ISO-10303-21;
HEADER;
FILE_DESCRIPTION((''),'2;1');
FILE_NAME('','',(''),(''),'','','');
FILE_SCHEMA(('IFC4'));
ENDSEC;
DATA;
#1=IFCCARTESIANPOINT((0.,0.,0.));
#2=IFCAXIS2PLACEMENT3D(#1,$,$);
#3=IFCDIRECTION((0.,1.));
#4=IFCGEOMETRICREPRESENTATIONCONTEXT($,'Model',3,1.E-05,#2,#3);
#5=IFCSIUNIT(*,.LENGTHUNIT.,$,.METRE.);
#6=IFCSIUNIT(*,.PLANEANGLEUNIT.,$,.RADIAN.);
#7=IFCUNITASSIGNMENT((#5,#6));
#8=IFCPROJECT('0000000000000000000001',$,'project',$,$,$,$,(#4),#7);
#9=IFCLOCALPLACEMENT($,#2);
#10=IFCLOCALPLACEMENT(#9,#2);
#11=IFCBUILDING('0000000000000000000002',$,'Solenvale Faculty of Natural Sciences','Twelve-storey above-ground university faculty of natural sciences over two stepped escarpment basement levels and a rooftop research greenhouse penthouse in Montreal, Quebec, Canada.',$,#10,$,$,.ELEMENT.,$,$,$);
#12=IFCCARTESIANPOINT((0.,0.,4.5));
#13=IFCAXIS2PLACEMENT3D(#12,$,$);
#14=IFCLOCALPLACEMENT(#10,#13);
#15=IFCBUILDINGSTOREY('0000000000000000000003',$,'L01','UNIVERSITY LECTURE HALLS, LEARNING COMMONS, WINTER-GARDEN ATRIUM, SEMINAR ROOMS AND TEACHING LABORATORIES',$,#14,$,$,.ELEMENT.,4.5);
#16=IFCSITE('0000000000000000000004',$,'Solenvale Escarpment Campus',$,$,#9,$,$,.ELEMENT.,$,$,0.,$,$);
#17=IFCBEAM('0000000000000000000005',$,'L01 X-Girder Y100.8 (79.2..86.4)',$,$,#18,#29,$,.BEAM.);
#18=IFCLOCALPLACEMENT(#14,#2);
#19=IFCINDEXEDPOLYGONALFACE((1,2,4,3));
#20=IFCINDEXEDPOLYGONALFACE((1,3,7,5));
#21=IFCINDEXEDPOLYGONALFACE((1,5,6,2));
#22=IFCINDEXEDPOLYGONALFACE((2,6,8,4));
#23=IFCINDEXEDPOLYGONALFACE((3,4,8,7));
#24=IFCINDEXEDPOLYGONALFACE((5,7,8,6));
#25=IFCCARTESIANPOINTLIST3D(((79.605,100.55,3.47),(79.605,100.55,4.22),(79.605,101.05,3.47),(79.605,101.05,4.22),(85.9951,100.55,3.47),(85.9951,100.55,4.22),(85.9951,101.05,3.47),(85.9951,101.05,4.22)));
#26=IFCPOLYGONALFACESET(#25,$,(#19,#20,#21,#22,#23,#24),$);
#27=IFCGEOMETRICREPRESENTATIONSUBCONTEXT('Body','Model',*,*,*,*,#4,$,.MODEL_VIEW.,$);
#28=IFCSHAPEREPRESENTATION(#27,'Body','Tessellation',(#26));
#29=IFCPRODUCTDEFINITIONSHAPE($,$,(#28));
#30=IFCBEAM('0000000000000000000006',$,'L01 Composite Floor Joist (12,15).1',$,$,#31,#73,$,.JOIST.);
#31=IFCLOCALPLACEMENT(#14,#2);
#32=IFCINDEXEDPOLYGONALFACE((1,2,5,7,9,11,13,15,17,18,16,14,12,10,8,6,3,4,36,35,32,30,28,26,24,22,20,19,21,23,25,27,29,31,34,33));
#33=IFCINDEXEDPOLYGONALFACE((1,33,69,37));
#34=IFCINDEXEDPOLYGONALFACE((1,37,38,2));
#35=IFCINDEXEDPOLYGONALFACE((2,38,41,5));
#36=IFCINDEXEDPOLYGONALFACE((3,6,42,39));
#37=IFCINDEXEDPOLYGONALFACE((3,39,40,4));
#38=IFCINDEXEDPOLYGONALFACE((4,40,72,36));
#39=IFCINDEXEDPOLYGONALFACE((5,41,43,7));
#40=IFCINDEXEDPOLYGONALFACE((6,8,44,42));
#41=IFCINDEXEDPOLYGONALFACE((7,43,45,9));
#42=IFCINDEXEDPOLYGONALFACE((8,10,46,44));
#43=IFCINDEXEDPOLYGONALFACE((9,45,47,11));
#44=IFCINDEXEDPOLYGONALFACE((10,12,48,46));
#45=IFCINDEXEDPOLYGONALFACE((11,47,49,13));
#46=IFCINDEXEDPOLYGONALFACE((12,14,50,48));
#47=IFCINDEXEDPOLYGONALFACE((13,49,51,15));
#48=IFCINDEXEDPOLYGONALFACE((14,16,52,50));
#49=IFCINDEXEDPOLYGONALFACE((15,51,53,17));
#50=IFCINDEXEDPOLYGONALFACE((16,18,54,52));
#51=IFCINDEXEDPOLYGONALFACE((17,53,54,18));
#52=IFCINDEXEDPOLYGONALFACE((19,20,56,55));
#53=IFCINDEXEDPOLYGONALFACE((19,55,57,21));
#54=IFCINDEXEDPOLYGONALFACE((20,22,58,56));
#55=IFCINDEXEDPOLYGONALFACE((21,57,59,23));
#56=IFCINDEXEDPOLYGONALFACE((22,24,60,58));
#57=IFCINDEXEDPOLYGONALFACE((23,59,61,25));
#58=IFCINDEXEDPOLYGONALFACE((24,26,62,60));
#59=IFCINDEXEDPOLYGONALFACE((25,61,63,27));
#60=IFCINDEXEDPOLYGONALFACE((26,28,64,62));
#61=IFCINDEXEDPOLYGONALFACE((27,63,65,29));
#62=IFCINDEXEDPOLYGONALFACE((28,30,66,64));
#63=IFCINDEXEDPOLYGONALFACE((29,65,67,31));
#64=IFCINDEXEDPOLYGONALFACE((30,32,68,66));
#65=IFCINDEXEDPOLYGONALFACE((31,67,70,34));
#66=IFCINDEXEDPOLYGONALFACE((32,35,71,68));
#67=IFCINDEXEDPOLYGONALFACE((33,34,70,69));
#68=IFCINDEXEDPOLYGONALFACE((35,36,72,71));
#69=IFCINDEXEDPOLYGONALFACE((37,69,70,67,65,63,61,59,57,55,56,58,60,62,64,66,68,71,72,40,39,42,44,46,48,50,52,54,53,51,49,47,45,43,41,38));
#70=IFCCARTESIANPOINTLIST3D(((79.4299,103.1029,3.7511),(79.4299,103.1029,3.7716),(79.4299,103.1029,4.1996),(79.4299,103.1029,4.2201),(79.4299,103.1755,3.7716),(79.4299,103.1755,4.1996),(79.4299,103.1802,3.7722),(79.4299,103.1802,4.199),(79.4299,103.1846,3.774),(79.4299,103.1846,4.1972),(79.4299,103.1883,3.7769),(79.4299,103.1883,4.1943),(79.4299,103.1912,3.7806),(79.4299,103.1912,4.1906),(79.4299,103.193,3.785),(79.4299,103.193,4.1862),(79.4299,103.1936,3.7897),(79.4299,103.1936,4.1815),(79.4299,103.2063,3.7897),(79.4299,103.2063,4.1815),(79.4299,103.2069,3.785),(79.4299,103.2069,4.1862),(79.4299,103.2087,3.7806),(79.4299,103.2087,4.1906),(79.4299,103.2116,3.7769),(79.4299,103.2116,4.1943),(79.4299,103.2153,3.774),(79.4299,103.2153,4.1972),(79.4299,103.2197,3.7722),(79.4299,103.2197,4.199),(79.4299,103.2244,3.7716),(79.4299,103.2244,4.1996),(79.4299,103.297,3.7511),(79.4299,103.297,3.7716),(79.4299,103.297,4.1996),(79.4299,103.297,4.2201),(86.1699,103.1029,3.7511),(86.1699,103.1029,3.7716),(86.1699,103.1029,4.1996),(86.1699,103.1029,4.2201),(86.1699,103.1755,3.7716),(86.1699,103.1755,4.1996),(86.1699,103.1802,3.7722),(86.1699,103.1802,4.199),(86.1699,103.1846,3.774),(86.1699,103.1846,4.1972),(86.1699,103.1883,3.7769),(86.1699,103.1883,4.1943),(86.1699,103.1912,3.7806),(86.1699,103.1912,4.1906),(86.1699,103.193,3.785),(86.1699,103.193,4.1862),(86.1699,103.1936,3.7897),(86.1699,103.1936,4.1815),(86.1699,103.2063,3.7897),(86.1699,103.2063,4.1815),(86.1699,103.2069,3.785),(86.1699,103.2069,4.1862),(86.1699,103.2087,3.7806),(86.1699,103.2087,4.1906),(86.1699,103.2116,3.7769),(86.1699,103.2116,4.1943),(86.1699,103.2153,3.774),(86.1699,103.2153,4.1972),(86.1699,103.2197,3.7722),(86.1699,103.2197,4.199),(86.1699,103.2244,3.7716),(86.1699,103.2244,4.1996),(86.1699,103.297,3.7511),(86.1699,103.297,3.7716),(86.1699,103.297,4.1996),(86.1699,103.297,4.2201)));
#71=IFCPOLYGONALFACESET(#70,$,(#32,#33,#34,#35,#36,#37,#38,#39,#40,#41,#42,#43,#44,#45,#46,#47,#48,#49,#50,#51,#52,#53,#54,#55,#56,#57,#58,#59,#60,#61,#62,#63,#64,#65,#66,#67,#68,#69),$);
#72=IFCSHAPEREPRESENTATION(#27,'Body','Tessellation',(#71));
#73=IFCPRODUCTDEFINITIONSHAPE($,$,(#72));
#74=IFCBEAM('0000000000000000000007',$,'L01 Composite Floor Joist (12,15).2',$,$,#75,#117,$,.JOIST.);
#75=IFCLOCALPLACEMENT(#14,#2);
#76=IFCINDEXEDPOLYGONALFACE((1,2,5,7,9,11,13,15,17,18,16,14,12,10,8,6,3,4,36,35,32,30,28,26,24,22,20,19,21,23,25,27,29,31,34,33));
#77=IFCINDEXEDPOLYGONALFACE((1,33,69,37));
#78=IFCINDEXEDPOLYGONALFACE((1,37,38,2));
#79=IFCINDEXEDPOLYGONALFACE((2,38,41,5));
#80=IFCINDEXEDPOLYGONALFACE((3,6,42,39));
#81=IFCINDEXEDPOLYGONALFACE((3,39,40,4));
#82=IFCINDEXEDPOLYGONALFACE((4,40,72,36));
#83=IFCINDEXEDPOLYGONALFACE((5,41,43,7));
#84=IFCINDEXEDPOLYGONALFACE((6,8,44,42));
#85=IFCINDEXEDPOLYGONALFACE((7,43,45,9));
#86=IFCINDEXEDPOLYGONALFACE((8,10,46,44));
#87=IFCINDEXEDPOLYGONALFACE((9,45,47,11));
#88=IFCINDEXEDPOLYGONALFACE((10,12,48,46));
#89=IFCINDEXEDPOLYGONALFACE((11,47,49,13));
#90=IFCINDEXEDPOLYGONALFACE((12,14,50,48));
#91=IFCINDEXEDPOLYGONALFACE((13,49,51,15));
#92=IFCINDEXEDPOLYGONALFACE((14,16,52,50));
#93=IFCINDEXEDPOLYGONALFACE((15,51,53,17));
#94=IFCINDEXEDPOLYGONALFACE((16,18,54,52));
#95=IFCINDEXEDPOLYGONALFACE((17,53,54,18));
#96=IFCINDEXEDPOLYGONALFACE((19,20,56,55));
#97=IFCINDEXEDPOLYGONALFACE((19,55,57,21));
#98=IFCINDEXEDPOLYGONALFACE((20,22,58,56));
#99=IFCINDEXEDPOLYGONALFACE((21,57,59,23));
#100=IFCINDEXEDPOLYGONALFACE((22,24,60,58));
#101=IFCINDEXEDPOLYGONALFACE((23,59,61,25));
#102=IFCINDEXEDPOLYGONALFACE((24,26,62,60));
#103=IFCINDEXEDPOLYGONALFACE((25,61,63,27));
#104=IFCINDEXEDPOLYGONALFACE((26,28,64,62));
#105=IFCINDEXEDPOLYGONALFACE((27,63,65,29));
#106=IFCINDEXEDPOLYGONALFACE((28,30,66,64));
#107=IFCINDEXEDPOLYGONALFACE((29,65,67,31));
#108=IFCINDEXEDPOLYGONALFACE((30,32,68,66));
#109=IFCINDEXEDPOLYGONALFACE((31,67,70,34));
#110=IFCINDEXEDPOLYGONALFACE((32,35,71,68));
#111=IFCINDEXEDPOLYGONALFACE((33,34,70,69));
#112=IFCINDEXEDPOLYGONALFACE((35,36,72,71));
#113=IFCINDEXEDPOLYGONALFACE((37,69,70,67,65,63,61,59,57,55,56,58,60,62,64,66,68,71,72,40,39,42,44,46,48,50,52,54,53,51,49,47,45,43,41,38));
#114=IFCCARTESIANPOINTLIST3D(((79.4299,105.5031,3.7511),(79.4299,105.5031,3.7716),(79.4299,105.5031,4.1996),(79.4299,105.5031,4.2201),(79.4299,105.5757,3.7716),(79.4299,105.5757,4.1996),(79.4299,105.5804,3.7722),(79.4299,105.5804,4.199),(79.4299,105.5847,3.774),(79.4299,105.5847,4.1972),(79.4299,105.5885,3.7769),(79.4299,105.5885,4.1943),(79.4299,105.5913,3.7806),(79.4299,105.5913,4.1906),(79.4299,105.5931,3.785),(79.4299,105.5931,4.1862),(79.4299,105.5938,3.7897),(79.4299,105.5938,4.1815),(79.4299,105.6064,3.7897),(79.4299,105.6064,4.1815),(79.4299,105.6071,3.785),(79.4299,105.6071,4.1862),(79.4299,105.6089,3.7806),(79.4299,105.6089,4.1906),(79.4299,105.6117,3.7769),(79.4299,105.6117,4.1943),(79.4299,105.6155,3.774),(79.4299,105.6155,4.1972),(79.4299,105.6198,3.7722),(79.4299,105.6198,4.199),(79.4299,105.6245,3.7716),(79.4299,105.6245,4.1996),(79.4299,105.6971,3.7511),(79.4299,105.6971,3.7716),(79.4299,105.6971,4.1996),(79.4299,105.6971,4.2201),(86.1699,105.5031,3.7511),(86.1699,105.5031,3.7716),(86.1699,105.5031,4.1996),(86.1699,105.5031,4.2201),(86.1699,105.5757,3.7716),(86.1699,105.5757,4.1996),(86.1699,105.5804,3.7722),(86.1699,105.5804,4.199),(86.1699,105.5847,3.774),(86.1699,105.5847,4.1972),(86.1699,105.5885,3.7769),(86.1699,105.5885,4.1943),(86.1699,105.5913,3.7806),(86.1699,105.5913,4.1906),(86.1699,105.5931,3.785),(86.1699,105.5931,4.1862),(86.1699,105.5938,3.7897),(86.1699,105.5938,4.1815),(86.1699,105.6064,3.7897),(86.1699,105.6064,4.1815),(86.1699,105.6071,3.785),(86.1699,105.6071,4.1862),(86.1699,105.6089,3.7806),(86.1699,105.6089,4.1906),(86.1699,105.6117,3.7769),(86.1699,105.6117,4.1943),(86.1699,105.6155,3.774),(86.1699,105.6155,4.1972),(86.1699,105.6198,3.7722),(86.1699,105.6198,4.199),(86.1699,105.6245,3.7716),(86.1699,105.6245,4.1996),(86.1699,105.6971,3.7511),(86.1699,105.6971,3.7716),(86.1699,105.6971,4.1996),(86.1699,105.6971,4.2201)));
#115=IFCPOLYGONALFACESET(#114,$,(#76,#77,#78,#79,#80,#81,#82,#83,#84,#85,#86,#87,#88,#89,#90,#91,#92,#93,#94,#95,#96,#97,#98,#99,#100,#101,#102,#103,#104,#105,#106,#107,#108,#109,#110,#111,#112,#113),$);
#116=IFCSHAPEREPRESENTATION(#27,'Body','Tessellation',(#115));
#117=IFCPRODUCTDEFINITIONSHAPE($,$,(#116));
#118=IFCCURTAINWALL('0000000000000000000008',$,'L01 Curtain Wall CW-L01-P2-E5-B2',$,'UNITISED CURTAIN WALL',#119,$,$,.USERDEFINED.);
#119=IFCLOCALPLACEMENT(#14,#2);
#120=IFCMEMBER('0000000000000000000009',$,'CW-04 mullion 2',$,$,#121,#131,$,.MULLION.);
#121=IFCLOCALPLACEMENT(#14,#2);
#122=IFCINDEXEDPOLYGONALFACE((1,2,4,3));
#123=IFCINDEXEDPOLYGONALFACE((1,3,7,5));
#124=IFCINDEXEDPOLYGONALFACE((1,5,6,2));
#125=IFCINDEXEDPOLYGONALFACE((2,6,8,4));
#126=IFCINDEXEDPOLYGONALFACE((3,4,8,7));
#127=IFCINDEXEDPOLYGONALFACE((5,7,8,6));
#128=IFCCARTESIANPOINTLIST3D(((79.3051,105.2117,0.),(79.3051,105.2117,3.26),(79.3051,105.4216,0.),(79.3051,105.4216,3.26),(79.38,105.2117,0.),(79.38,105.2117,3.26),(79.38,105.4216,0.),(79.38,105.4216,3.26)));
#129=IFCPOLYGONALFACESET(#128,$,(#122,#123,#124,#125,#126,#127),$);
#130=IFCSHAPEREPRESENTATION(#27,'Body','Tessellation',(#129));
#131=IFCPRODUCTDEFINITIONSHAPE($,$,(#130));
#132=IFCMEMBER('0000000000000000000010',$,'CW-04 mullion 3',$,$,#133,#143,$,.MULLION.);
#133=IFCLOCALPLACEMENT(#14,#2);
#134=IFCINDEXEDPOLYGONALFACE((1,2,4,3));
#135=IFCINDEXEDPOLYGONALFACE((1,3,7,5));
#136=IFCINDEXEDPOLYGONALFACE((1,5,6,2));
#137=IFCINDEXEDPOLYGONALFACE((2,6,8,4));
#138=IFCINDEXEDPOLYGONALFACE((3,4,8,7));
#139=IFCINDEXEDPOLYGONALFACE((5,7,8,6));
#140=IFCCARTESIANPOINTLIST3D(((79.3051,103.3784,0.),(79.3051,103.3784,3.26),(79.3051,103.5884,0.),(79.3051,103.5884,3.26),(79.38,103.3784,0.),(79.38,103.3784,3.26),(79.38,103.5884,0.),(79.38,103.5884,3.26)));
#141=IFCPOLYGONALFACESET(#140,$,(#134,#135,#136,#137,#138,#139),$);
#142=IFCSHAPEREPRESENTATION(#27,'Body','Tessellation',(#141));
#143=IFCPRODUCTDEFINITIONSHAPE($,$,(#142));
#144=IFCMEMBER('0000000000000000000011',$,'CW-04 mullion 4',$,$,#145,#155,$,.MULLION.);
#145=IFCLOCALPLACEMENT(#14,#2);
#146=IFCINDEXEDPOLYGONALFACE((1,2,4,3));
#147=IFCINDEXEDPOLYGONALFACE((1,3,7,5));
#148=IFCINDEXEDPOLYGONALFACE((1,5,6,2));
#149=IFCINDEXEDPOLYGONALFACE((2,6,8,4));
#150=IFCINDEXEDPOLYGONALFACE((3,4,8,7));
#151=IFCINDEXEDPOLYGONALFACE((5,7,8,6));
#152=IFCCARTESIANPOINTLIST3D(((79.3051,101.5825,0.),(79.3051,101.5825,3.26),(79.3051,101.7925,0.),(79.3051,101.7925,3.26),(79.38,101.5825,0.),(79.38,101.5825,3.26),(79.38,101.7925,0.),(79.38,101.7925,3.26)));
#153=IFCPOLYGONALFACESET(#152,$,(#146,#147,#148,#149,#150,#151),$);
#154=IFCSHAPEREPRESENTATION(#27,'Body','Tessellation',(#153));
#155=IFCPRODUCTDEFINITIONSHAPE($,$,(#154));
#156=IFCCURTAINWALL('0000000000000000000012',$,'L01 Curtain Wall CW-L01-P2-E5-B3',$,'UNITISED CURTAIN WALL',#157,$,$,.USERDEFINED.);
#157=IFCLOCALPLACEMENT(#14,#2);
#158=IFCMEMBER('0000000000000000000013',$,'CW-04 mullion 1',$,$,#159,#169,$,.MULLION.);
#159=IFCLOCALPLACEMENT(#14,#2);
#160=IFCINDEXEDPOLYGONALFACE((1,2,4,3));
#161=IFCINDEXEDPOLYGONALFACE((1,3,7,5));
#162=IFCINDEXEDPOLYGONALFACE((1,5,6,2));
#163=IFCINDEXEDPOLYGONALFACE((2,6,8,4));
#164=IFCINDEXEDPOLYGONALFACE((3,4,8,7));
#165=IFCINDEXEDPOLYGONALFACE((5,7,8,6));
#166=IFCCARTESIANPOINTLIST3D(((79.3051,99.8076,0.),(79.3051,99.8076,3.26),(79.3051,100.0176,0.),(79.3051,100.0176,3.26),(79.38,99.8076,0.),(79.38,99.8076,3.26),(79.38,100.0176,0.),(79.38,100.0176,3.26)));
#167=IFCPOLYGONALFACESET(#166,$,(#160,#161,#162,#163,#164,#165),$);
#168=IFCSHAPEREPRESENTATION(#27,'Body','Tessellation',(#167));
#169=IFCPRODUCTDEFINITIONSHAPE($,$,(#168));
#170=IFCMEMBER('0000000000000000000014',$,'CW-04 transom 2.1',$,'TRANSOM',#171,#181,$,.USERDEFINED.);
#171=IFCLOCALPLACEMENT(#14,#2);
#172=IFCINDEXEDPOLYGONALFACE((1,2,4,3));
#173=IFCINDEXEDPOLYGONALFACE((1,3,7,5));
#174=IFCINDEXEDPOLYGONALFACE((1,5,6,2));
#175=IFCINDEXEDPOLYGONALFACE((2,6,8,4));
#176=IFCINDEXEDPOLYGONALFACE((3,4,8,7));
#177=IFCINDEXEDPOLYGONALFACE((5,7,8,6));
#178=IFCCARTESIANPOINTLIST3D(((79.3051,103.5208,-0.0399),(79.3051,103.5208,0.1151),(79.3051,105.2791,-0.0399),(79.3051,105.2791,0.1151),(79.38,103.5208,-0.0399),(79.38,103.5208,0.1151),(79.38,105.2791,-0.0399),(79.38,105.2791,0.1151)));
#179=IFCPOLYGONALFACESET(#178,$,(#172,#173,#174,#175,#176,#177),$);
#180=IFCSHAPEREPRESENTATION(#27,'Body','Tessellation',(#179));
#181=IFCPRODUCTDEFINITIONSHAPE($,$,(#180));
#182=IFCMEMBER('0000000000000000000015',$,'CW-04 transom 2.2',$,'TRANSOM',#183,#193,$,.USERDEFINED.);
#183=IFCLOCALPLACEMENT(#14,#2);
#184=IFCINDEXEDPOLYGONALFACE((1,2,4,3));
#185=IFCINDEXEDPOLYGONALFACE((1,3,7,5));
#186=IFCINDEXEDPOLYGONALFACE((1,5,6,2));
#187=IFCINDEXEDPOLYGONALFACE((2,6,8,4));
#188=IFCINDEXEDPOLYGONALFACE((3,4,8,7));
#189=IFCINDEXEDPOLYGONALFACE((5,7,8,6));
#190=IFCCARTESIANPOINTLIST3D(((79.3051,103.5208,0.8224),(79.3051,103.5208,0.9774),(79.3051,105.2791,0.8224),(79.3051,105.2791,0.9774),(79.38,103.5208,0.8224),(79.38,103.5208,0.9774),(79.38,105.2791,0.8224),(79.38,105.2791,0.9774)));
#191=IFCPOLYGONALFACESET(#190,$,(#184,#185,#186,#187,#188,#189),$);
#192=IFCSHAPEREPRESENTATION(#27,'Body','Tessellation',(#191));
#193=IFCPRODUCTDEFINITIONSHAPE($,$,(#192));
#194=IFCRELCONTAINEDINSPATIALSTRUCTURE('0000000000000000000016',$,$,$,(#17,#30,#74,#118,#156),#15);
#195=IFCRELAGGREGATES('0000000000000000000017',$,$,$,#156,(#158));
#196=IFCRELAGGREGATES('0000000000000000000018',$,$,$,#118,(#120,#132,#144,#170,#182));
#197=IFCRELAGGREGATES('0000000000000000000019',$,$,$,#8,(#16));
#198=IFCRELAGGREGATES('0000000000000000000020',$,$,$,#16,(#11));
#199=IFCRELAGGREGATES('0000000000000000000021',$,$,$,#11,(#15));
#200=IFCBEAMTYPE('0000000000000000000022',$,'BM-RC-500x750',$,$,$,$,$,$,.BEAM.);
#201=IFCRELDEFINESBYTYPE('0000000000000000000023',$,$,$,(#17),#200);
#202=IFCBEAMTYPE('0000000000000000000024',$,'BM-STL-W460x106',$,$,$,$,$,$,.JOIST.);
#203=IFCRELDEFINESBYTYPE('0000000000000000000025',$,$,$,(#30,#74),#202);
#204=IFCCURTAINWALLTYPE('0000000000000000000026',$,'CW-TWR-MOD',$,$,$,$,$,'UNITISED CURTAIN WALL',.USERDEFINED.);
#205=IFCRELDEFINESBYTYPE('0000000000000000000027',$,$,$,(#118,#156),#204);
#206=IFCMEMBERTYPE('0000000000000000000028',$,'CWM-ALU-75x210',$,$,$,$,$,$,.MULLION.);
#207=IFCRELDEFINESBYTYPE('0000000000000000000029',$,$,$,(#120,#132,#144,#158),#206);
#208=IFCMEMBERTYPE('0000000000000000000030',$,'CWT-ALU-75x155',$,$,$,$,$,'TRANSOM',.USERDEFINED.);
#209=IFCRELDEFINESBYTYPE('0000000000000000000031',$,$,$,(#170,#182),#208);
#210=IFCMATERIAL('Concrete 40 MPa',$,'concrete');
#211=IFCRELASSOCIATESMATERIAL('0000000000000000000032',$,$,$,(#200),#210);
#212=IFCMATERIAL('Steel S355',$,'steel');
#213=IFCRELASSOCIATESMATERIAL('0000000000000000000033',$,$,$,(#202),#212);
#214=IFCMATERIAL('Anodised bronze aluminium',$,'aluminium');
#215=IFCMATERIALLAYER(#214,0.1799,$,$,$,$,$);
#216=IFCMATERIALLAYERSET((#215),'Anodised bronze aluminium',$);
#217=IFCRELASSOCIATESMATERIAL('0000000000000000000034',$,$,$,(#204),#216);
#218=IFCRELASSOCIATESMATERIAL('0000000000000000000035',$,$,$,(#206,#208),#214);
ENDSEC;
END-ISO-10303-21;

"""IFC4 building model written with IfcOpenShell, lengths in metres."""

from ifc_helpers import new_model, si_unit, direction, frame, origin, origin_2d, place, context, subcontext, project, spatial, rectangle, i_section, extrude, material, layer, layer_set, material_profile, profile_set, type_object, element, aggregate, save


model = new_model("IFC4")

# Units and contexts
model_context = context("Model", 3, precision=1e-05, world=origin(), true_north=direction((0.0, 1.0)))
body_context = subcontext(model_context, "Body", "Model", "MODEL_VIEW")
ifc_project = project(units=[si_unit("LENGTHUNIT", "METRE"), si_unit("PLANEANGLEUNIT", "RADIAN")], contexts=[model_context])

# Site, building, storey
site_placement = place(None, origin())
site = spatial("IfcSite", under=ifc_project, at=site_placement, Name="Solenvale Escarpment Campus", CompositionType="ELEMENT", RefElevation=0.0)
building_placement = place(site_placement, origin())
building = spatial("IfcBuilding", under=site, at=building_placement, Name="Solenvale Faculty of Natural Sciences", Description="Twelve-storey above-ground university faculty of natural sciences over two stepped escarpment basement levels and a rooftop research greenhouse penthouse in Montreal, Quebec, Canada.", CompositionType="ELEMENT")
storey_placement = place(building_placement, frame((0.0, 0.0, 4.5)))
storey = spatial("IfcBuildingStorey", under=building, at=storey_placement, Name="L01", Description="UNIVERSITY LECTURE HALLS, LEARNING COMMONS, WINTER-GARDEN ATRIUM, SEMINAR ROOMS AND TEACHING LABORATORIES", CompositionType="ELEMENT", Elevation=4.5)

# Beams
ifc_material_1 = material(Name="Concrete 40 MPa", Category="concrete")
ifc_material_profile_1 = material_profile(ifc_material_1, rectangle(XDim=0.5, YDim=0.75, at=origin_2d()), Name="RC-BM-500x750")
ifc_profile_set_1 = profile_set([ifc_material_profile_1], Name="Concrete 40 MPa")
beam_type_1 = type_object("IfcBeamType", Name="BM-RC-500x750", PredefinedType="BEAM", material=ifc_profile_set_1)
beam_placement = place(storey_placement, frame((79.605, 100.8, 3.845), z_axis=(1.0, 0.0, 0.0), x_axis=(0.0, 1.0, 0.0)))
element("IfcBeam", 1, at=beam_placement, inside=storey, type_object=beam_type_1, Name="L01 X-Girder Y100.8 (79.2..86.4)", PredefinedType="BEAM", context=body_context, shape_type="SweptSolid", body=[
    extrude(rectangle(XDim=0.5, YDim=0.75, at=origin_2d()), origin(), (0.0, 0.0, 1.0), 6.3901),
])
ifc_material_2 = material(Name="Steel S355", Category="steel")
ifc_material_profile_2 = material_profile(ifc_material_2, i_section(OverallWidth=0.1941, OverallDepth=0.469, WebThickness=0.0127, FlangeThickness=0.0205, FilletRadius=0.0181, at=origin_2d()), Name="W460x106")
ifc_profile_set_2 = profile_set([ifc_material_profile_2], Name="Steel S355")
beam_type_2 = type_object("IfcBeamType", Name="BM-STL-W460x106", PredefinedType="JOIST", material=ifc_profile_set_2)
for number, where, z_axis, x_axis, name in (
    (2, (79.4299, 103.2, 3.9856), (1.0, 0.0, 0.0), (0.0, 1.0, 0.0), "L01 Composite Floor Joist (12,15).1"),
    (3, (79.4299, 105.6001, 3.9856), (1.0, 0.0, 0.0), (0.0, 1.0, 0.0), "L01 Composite Floor Joist (12,15).2"),
):
    element("IfcBeam", number, at=place(storey_placement, frame(where, z_axis=z_axis, x_axis=x_axis)), inside=storey, type_object=beam_type_2, Name=name, PredefinedType="JOIST", context=body_context, shape_type="SweptSolid", body=[
        extrude(i_section(OverallWidth=0.1941, OverallDepth=0.469, WebThickness=0.0127, FlangeThickness=0.0205, FilletRadius=0.0181, at=origin_2d()), origin(), (0.0, 0.0, 1.0), 6.74),
    ])

# Curtain wall, members
ifc_material_3 = material(Name="Anodised bronze aluminium", Category="aluminium")
ifc_layer_1 = layer(ifc_material_3, 0.1799)
ifc_layer_set_1 = layer_set([ifc_layer_1], Name="Anodised bronze aluminium")
curtain_wall_type = type_object("IfcCurtainWallType", Name="CW-TWR-MOD", ElementType="UNITISED CURTAIN WALL", PredefinedType="USERDEFINED", material=ifc_layer_set_1)
curtain_wall_1_placement = place(storey_placement, origin())
curtain_wall_1 = element("IfcCurtainWall", 4, at=curtain_wall_1_placement, inside=storey, type_object=curtain_wall_type, Name="L01 Curtain Wall CW-L01-P2-E5-B2", ObjectType="UNITISED CURTAIN WALL", PredefinedType="USERDEFINED")
ifc_material_profile_3 = material_profile(ifc_material_3, rectangle(XDim=0.075, YDim=0.21, at=origin_2d()), Name="ALU-MUL-75x210")
ifc_profile_set_3 = profile_set([ifc_material_profile_3], Name="Anodised bronze aluminium")
member_type_1 = type_object("IfcMemberType", Name="CWM-ALU-75x210", PredefinedType="MULLION", material=ifc_profile_set_3)
member_1_placement = place(storey_placement, frame((79.3425, 105.3167, 0.0), z_axis=(0.0, 0.0, 1.0), x_axis=(1.0, 0.0, 0.0)))
member_1 = element("IfcMember", 5, at=member_1_placement, type_object=member_type_1, Name="CW-04 mullion 2", PredefinedType="MULLION", context=body_context, shape_type="SweptSolid", body=[
    extrude(rectangle(XDim=0.075, YDim=0.21, at=origin_2d()), origin(), (0.0, 0.0, 1.0), 3.26),
])
member_2_placement = place(storey_placement, frame((79.3425, 103.4834, 0.0), z_axis=(0.0, 0.0, 1.0), x_axis=(1.0, 0.0, 0.0)))
member_2 = element("IfcMember", 6, at=member_2_placement, type_object=member_type_1, Name="CW-04 mullion 3", PredefinedType="MULLION", context=body_context, shape_type="SweptSolid", body=[
    extrude(rectangle(XDim=0.075, YDim=0.21, at=origin_2d()), origin(), (0.0, 0.0, 1.0), 3.26),
])
member_3_placement = place(storey_placement, frame((79.3425, 101.6875, 0.0), z_axis=(0.0, 0.0, 1.0), x_axis=(1.0, 0.0, 0.0)))
member_3 = element("IfcMember", 7, at=member_3_placement, type_object=member_type_1, Name="CW-04 mullion 4", PredefinedType="MULLION", context=body_context, shape_type="SweptSolid", body=[
    extrude(rectangle(XDim=0.075, YDim=0.21, at=origin_2d()), origin(), (0.0, 0.0, 1.0), 3.26),
])

# Curtain wall, member
curtain_wall_2_placement = place(storey_placement, origin())
curtain_wall_2 = element("IfcCurtainWall", 8, at=curtain_wall_2_placement, inside=storey, type_object=curtain_wall_type, Name="L01 Curtain Wall CW-L01-P2-E5-B3", ObjectType="UNITISED CURTAIN WALL", PredefinedType="USERDEFINED")
member_4_placement = place(storey_placement, frame((79.3425, 99.9126, 0.0), z_axis=(0.0, 0.0, 1.0), x_axis=(1.0, 0.0, 0.0)))
member_4 = element("IfcMember", 9, at=member_4_placement, type_object=member_type_1, Name="CW-04 mullion 1", PredefinedType="MULLION", context=body_context, shape_type="SweptSolid", body=[
    extrude(rectangle(XDim=0.075, YDim=0.21, at=origin_2d()), origin(), (0.0, 0.0, 1.0), 3.26),
])

# Members
ifc_material_profile_4 = material_profile(ifc_material_3, rectangle(XDim=0.075, YDim=0.155, at=origin_2d()), Name="ALU-TRN-75x155")
ifc_profile_set_4 = profile_set([ifc_material_profile_4], Name="Anodised bronze aluminium")
member_type_2 = type_object("IfcMemberType", Name="CWT-ALU-75x155", ElementType="TRANSOM", PredefinedType="USERDEFINED", material=ifc_profile_set_4)
member_5_placement = place(storey_placement, frame((79.3425, 105.2791, 0.0376), z_axis=(0.0, -1.0, 0.0), x_axis=(1.0, 0.0, 0.0)))
member_5 = element("IfcMember", 10, at=member_5_placement, type_object=member_type_2, Name="CW-04 transom 2.1", ObjectType="TRANSOM", PredefinedType="USERDEFINED", context=body_context, shape_type="SweptSolid", body=[
    extrude(rectangle(XDim=0.075, YDim=0.155, at=origin_2d()), origin(), (0.0, 0.0, 1.0), 1.7583),
])
member_6_placement = place(storey_placement, frame((79.3425, 105.2791, 0.8999), z_axis=(0.0, -1.0, 0.0), x_axis=(1.0, 0.0, 0.0)))
member_6 = element("IfcMember", 11, at=member_6_placement, type_object=member_type_2, Name="CW-04 transom 2.2", ObjectType="TRANSOM", PredefinedType="USERDEFINED", context=body_context, shape_type="SweptSolid", body=[
    extrude(rectangle(XDim=0.075, YDim=0.155, at=origin_2d()), origin(), (0.0, 0.0, 1.0), 1.7583),
])
aggregate(curtain_wall_2, [member_4])

aggregate(curtain_wall_1, [member_1, member_2, member_3, member_5, member_6])

save(model, "model.ifc")
